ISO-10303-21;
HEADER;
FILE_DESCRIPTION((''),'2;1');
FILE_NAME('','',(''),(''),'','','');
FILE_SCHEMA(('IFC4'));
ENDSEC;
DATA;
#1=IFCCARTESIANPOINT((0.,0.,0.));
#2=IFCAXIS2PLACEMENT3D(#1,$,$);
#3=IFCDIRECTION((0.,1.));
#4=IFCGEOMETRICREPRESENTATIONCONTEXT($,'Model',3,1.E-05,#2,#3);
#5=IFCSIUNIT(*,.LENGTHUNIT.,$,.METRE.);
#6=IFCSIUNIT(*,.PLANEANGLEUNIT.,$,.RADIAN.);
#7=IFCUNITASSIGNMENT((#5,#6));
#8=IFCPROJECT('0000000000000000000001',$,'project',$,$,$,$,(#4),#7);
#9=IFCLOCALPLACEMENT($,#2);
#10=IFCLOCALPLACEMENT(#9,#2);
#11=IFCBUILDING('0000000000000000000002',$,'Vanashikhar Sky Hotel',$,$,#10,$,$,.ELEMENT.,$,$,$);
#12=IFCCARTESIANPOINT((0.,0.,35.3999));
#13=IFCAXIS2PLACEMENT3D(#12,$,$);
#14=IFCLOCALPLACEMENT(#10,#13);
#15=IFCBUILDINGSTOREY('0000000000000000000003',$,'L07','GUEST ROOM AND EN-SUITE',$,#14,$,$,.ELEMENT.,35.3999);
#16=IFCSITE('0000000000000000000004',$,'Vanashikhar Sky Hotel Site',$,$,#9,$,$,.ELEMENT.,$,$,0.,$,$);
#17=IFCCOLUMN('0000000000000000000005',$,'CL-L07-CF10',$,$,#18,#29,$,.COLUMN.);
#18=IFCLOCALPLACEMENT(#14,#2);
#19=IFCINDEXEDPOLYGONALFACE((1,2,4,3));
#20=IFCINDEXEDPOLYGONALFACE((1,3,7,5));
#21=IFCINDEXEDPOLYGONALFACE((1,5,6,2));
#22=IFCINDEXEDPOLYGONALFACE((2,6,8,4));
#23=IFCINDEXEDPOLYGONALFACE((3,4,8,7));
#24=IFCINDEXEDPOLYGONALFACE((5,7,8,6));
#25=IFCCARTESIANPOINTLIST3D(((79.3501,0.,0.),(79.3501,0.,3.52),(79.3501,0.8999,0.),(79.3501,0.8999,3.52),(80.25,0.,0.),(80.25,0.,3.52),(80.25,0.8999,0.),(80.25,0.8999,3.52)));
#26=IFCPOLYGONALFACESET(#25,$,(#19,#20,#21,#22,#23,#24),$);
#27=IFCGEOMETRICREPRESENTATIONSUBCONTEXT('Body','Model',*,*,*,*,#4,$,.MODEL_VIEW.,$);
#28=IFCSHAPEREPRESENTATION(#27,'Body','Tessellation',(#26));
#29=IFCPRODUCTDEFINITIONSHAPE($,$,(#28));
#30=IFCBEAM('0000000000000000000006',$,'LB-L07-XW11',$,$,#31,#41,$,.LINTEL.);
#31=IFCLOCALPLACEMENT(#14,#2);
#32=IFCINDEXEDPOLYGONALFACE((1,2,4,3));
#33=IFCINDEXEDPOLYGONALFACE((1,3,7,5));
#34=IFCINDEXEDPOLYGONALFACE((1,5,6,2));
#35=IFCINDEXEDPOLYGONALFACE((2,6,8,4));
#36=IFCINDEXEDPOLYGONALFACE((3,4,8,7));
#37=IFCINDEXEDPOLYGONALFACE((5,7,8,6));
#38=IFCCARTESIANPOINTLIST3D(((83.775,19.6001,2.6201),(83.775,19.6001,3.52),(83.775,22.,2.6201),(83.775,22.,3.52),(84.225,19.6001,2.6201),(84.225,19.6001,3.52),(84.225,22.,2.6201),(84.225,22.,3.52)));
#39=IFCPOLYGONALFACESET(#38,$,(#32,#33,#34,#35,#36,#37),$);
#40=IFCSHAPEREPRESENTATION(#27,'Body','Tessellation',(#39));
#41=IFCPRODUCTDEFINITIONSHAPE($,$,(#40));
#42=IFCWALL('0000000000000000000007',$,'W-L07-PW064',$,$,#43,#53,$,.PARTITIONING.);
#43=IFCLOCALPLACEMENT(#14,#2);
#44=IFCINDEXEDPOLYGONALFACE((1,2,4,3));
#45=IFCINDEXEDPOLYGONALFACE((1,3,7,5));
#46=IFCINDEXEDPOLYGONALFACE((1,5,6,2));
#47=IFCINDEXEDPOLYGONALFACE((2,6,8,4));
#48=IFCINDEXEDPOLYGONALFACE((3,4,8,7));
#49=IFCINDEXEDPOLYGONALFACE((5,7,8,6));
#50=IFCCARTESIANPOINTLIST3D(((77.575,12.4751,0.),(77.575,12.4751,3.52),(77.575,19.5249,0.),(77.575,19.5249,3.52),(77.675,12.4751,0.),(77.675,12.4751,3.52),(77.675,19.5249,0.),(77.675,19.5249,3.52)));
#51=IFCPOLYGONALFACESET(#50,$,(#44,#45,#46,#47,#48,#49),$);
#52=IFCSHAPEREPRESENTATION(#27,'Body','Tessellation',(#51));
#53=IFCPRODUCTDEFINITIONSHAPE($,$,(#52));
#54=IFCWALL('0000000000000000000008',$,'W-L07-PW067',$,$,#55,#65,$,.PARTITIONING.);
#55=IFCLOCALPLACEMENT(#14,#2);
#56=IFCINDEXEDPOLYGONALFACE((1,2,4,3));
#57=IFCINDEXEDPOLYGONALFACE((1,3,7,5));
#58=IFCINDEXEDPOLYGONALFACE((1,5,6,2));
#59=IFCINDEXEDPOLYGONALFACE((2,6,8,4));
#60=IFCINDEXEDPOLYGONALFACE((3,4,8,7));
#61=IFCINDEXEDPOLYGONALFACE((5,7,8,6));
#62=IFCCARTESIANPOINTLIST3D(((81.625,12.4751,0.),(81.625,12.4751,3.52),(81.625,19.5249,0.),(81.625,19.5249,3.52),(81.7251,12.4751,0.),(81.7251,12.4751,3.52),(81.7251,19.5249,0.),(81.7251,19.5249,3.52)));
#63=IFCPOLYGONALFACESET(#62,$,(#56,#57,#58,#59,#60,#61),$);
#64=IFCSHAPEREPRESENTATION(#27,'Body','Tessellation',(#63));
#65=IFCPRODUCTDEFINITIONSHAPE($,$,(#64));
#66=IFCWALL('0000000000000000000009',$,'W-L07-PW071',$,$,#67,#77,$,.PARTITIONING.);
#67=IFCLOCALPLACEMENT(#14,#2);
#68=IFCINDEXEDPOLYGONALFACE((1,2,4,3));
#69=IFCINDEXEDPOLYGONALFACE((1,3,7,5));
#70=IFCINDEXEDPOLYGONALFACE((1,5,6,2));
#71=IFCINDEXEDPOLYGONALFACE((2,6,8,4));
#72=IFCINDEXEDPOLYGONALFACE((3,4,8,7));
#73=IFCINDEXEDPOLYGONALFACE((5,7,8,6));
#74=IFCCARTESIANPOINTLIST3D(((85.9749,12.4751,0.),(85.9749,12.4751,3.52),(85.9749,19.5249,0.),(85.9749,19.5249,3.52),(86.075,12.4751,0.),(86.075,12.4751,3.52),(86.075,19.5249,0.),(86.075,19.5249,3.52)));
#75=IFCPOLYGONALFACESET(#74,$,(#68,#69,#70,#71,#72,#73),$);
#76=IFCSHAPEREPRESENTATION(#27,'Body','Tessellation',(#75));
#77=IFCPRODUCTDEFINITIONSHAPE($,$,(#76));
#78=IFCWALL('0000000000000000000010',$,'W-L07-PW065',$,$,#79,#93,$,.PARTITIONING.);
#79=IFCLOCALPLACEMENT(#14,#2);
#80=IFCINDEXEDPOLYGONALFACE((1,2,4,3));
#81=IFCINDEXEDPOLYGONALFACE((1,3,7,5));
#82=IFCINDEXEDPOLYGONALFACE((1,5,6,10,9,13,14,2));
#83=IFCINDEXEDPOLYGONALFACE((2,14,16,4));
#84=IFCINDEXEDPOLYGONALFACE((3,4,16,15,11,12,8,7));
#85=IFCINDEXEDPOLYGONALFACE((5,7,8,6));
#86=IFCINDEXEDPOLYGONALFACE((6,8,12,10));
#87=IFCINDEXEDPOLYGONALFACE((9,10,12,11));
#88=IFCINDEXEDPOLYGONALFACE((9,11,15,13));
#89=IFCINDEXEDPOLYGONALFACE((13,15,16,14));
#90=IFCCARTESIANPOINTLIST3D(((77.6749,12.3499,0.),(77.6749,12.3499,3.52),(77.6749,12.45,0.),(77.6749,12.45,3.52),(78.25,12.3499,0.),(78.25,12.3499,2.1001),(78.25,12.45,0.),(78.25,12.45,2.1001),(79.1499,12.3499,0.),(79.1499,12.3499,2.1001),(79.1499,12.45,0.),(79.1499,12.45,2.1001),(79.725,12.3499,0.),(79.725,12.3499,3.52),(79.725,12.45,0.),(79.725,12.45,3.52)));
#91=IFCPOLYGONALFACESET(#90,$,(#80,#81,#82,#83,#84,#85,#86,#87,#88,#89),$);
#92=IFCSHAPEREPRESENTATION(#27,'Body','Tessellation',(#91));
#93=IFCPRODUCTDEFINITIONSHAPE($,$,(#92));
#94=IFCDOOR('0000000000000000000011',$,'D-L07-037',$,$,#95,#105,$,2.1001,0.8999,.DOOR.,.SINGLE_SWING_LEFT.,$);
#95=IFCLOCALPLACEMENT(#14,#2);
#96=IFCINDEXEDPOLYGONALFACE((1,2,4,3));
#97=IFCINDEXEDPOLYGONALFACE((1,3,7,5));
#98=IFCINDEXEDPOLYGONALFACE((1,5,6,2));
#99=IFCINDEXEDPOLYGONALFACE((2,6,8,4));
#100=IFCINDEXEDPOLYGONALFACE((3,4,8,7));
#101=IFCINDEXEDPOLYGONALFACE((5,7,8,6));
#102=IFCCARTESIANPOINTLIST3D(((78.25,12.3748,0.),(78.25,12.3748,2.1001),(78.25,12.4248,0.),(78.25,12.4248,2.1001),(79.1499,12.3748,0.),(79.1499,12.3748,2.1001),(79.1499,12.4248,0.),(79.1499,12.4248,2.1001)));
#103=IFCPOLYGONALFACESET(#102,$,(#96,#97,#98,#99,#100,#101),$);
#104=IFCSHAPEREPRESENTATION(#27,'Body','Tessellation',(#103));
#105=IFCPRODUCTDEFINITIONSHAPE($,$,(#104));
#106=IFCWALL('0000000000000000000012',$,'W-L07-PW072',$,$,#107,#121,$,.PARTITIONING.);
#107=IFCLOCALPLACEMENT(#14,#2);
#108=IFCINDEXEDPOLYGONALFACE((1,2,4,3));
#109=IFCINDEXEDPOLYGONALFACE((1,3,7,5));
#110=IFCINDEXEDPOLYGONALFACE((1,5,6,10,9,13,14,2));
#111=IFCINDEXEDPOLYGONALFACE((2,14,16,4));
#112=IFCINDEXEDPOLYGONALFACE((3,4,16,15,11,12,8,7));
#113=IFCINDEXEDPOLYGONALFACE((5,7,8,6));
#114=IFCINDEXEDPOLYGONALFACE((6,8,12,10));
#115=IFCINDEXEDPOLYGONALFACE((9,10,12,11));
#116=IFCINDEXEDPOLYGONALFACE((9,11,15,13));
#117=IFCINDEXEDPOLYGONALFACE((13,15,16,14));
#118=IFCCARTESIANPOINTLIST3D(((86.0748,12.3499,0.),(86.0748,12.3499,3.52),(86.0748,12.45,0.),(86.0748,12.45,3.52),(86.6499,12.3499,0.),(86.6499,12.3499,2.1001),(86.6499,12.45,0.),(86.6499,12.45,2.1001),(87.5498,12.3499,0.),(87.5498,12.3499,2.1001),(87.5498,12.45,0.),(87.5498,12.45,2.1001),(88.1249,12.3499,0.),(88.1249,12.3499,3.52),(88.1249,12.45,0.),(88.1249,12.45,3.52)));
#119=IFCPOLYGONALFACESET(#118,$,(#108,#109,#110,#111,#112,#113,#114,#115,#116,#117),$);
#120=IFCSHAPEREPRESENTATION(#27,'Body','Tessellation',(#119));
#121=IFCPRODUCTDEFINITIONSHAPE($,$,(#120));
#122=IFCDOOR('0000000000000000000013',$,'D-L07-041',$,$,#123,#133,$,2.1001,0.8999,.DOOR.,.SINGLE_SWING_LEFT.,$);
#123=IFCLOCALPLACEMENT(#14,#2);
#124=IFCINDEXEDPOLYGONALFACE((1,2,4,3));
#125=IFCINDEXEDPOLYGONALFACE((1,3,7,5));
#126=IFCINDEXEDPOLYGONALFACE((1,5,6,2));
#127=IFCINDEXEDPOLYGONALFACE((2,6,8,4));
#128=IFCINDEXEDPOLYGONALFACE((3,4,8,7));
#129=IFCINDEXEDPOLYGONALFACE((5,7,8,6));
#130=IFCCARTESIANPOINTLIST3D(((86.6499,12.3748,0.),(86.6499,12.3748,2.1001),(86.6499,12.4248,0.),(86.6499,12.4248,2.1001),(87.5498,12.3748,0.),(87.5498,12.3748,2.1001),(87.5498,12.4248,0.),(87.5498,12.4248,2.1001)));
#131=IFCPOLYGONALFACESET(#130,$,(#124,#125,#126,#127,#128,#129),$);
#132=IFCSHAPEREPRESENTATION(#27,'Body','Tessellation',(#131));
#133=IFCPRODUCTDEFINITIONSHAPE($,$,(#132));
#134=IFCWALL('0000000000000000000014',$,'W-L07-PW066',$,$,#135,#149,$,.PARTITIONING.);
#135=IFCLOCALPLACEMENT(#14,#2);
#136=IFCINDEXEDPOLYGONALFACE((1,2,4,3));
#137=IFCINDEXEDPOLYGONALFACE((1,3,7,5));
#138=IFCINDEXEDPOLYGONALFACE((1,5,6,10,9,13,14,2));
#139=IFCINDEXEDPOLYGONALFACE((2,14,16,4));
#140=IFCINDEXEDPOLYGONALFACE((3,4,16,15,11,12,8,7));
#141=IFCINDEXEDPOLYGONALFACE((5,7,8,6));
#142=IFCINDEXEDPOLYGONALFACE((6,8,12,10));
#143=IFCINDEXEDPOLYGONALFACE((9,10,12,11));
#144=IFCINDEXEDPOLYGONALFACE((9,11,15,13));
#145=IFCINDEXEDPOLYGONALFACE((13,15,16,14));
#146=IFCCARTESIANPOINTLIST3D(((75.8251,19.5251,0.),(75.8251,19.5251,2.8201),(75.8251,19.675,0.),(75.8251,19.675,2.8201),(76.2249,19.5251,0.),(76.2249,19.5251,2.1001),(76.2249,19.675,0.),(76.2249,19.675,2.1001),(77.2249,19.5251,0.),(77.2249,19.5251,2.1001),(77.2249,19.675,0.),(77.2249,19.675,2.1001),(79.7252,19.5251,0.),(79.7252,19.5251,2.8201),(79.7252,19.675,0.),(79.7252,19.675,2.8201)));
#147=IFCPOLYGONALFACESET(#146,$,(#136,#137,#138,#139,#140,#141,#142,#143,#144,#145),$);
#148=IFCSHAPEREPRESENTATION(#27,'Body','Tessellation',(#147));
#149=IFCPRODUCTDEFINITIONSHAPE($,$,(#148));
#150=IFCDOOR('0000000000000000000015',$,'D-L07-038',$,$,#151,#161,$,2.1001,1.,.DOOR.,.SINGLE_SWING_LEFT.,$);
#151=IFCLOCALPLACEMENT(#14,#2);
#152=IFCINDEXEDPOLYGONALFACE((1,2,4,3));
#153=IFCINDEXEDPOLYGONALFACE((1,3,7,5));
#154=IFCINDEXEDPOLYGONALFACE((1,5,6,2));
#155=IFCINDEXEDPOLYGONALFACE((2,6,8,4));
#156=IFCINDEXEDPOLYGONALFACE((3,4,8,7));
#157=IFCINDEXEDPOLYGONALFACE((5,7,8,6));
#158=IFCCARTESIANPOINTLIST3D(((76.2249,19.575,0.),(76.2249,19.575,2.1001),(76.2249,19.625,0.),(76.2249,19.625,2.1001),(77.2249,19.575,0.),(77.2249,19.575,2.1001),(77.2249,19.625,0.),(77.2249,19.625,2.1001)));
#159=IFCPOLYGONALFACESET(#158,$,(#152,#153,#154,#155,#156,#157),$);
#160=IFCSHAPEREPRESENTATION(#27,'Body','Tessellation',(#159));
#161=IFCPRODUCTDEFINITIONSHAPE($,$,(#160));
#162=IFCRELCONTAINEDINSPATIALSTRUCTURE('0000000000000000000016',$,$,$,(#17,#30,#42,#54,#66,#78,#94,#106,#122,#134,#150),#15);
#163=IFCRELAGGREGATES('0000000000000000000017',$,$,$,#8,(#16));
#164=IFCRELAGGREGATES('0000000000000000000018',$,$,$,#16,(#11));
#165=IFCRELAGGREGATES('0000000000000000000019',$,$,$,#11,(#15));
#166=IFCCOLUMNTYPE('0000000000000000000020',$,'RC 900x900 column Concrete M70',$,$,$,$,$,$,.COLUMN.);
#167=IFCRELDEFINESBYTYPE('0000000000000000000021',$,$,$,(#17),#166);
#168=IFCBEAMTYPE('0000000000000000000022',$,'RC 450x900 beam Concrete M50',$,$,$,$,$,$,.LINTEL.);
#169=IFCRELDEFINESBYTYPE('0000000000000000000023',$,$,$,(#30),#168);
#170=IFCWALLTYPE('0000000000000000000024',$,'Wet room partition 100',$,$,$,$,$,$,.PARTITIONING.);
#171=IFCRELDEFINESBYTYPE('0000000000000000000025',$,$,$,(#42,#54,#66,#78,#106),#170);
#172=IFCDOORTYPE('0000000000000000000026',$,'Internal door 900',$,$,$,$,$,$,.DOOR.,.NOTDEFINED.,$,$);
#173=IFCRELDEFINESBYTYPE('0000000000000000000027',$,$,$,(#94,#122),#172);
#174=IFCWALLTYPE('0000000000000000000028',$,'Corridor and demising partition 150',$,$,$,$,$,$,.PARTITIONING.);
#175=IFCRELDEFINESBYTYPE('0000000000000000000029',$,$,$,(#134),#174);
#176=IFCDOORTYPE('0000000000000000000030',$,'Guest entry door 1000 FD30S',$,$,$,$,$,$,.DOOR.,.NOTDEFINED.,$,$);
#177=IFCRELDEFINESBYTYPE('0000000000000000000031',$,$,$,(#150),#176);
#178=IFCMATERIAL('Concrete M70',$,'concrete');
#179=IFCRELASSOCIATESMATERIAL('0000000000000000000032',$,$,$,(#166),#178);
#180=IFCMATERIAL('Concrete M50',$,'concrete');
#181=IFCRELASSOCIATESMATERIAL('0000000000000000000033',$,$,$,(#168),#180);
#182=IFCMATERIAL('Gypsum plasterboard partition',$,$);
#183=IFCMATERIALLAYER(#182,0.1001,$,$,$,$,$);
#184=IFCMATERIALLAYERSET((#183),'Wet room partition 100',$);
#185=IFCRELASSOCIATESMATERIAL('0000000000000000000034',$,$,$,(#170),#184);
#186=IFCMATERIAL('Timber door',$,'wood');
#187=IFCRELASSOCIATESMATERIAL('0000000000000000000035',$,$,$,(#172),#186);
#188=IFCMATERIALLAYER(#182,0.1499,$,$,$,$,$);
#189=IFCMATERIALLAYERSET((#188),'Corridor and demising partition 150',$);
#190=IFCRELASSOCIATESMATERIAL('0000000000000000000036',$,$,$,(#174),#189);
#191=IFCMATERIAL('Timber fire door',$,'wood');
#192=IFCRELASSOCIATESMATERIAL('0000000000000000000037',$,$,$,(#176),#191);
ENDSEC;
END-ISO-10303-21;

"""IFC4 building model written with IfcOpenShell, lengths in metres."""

from ifc_helpers import new_model, si_unit, direction, frame, frame_2d, origin, origin_2d, place, context, subcontext, project, spatial, rectangle, extrude, source, transform, mapped, material, layer, layer_set, material_profile, profile_set, type_object, element, fill, save


model = new_model("IFC4")

# Units and contexts
model_context = context("Model", 3, precision=1e-05, world=origin(), true_north=direction((0.0, 1.0)))
body_context = subcontext(model_context, "Body", "Model", "MODEL_VIEW")
ifc_project = project(units=[si_unit("LENGTHUNIT", "METRE"), si_unit("PLANEANGLEUNIT", "RADIAN")], contexts=[model_context])

# Site, building, storey
site_placement = place(None, origin())
site = spatial("IfcSite", under=ifc_project, at=site_placement, Name="Vanashikhar Sky Hotel Site", CompositionType="ELEMENT", RefElevation=0.0)
building_placement = place(site_placement, origin())
building = spatial("IfcBuilding", under=site, at=building_placement, Name="Vanashikhar Sky Hotel", CompositionType="ELEMENT")
storey_placement = place(building_placement, frame((0.0, 0.0, 35.3999)))
storey = spatial("IfcBuildingStorey", under=building, at=storey_placement, Name="L07", Description="GUEST ROOM AND EN-SUITE", CompositionType="ELEMENT", Elevation=35.3999)

# Column
ifc_material_1 = material(Name="Concrete M70", Category="concrete")
ifc_material_profile_1 = material_profile(ifc_material_1, rectangle(XDim=0.8999, YDim=0.8999, at=origin_2d()))
ifc_profile_set_1 = profile_set([ifc_material_profile_1], Name="RC 900x900 column Concrete M70")
column_type = type_object("IfcColumnType", Name="RC 900x900 column Concrete M70", PredefinedType="COLUMN", material=ifc_profile_set_1)
shared_shape_1 = source(origin(), body_context, "Body", "SweptSolid", [
    extrude(rectangle(XDim=0.8999, YDim=0.8999, at=origin_2d()), origin(), (0.0, 0.0, 1.0), 3.52),
])
column_placement = place(storey_placement, frame((79.8, 0.45, 0.0), z_axis=(0.0, 0.0, 1.0), x_axis=(1.0, 0.0, 0.0)))
element("IfcColumn", 1, at=column_placement, inside=storey, type_object=column_type, Name="CL-L07-CF10", PredefinedType="COLUMN", context=body_context, shape_type="MappedRepresentation", body=[
    mapped(shared_shape_1, transform((0.0, 0.0, 0.0), scale=1.0)),
])

# Beam
ifc_material_2 = material(Name="Concrete M50", Category="concrete")
ifc_material_profile_2 = material_profile(ifc_material_2, rectangle(XDim=0.45, YDim=0.8999, at=origin_2d()))
ifc_profile_set_2 = profile_set([ifc_material_profile_2], Name="RC 450x900 beam Concrete M50")
beam_type = type_object("IfcBeamType", Name="RC 450x900 beam Concrete M50", PredefinedType="LINTEL", material=ifc_profile_set_2)
shared_shape_2 = source(origin(), body_context, "Body", "SweptSolid", [
    extrude(rectangle(XDim=0.45, YDim=0.8999, at=origin_2d()), origin(), (0.0, 0.0, 1.0), 2.3999),
])
beam_placement = place(storey_placement, frame((84.0, 19.6001, 3.0701), z_axis=(0.0, 1.0, 0.0), x_axis=(-1.0, 0.0, 0.0)))
element("IfcBeam", 2, at=beam_placement, inside=storey, type_object=beam_type, Name="LB-L07-XW11", PredefinedType="LINTEL", context=body_context, shape_type="MappedRepresentation", body=[
    mapped(shared_shape_2, transform((0.0, 0.0, 0.0), scale=1.0)),
])

# Walls
ifc_material_3 = material(Name="Gypsum plasterboard partition")
ifc_layer_1 = layer(ifc_material_3, 0.1001)
ifc_layer_set_1 = layer_set([ifc_layer_1], Name="Wet room partition 100")
wall_type_1 = type_object("IfcWallType", Name="Wet room partition 100", PredefinedType="PARTITIONING", material=ifc_layer_set_1)
shared_shape_3 = source(origin(), body_context, "Body", "SweptSolid", [
    extrude(rectangle(XDim=7.0498, YDim=0.1001, at=frame_2d((3.5249, 0.0))), origin(), (0.0, 0.0, 1.0), 3.52),
])
for number, where, z_axis, x_axis, name in (
    (3, (77.625, 12.4751, 0.0), (0.0, 0.0, 1.0), (0.0, 1.0, 0.0), "W-L07-PW064"),
    (4, (81.675, 12.4751, 0.0), (0.0, 0.0, 1.0), (0.0, 1.0, 0.0), "W-L07-PW067"),
    (5, (86.0249, 12.4751, 0.0), (0.0, 0.0, 1.0), (0.0, 1.0, 0.0), "W-L07-PW071"),
):
    element("IfcWall", number, at=place(storey_placement, frame(where, z_axis=z_axis, x_axis=x_axis)), inside=storey, type_object=wall_type_1, Name=name, PredefinedType="PARTITIONING", context=body_context, shape_type="MappedRepresentation", body=[
        mapped(shared_shape_3, transform((0.0, 0.0, 0.0), scale=1.0)),
    ])

# Walls, openings, doors
shared_shape_4 = source(origin(), body_context, "Body", "SweptSolid", [
    extrude(rectangle(XDim=2.05, YDim=0.1001, at=frame_2d((1.0249, 0.0))), origin(), (0.0, 0.0, 1.0), 3.52),
])
wall_1_placement = place(storey_placement, frame((77.675, 12.3999, 0.0), z_axis=(0.0, 0.0, 1.0), x_axis=(1.0, 0.0, 0.0)))
wall_1 = element("IfcWall", 6, at=wall_1_placement, inside=storey, type_object=wall_type_1, Name="W-L07-PW065", PredefinedType="PARTITIONING", context=body_context, shape_type="MappedRepresentation", body=[
    mapped(shared_shape_4, transform((0.0, 0.0, 0.0), scale=1.0)),
])
shared_shape_5 = source(origin(), body_context, "Body", "SweptSolid", [
    extrude(rectangle(XDim=0.8999, YDim=2.1001, at=frame_2d((0.45, 1.05))), frame((0.0, 0.0601, 0.0), z_axis=(0.0, -1.0, 0.0), x_axis=(1.0, 0.0, 0.0)), (0.0, 0.0, 1.0), 0.1201),
])
opening_1_placement = place(wall_1_placement, frame((0.575, 0.0, 0.0)))
opening_1 = element("IfcOpeningElement", 7, at=opening_1_placement, cuts=wall_1, PredefinedType="OPENING", context=body_context, shape_type="MappedRepresentation", body=[
    mapped(shared_shape_5, transform((0.0, 0.0, 0.0), scale=1.0)),
])
ifc_material_4 = material(Name="Timber door", Category="wood")
door_type_1 = type_object("IfcDoorType", Name="Internal door 900", OperationType="NOTDEFINED", PredefinedType="DOOR", material=ifc_material_4)
shared_shape_6 = source(origin(), body_context, "Body", "SweptSolid", [
    extrude(rectangle(XDim=0.8999, YDim=2.1001, at=frame_2d((0.45, 1.05))), frame((0.0, 0.0249, 0.0), z_axis=(0.0, -1.0, 0.0), x_axis=(1.0, 0.0, 0.0)), (0.0, 0.0, 1.0), 0.05),
])
door_1_placement = place(opening_1_placement, origin())
door_1 = element("IfcDoor", 8, at=door_1_placement, inside=storey, type_object=door_type_1, Name="D-L07-037", OperationType="SINGLE_SWING_LEFT", OverallHeight=2.1001, OverallWidth=0.8999, PredefinedType="DOOR", context=body_context, shape_type="MappedRepresentation", body=[
    mapped(shared_shape_6, transform((0.0, 0.0, 0.0), scale=1.0)),
])
fill(opening_1, door_1)
wall_2_placement = place(storey_placement, frame((86.075, 12.3999, 0.0), z_axis=(0.0, 0.0, 1.0), x_axis=(1.0, 0.0, 0.0)))
wall_2 = element("IfcWall", 9, at=wall_2_placement, inside=storey, type_object=wall_type_1, Name="W-L07-PW072", PredefinedType="PARTITIONING", context=body_context, shape_type="MappedRepresentation", body=[
    mapped(shared_shape_4, transform((0.0, 0.0, 0.0), scale=1.0)),
])
opening_2_placement = place(wall_2_placement, frame((0.575, 0.0, 0.0)))
opening_2 = element("IfcOpeningElement", 10, at=opening_2_placement, cuts=wall_2, PredefinedType="OPENING", context=body_context, shape_type="MappedRepresentation", body=[
    mapped(shared_shape_5, transform((0.0, 0.0, 0.0), scale=1.0)),
])
door_2_placement = place(opening_2_placement, origin())
door_2 = element("IfcDoor", 11, at=door_2_placement, inside=storey, type_object=door_type_1, Name="D-L07-041", OperationType="SINGLE_SWING_LEFT", OverallHeight=2.1001, OverallWidth=0.8999, PredefinedType="DOOR", context=body_context, shape_type="MappedRepresentation", body=[
    mapped(shared_shape_6, transform((0.0, 0.0, 0.0), scale=1.0)),
])
fill(opening_2, door_2)
ifc_layer_2 = layer(ifc_material_3, 0.1499)
ifc_layer_set_2 = layer_set([ifc_layer_2], Name="Corridor and demising partition 150")
wall_type_2 = type_object("IfcWallType", Name="Corridor and demising partition 150", PredefinedType="PARTITIONING", material=ifc_layer_set_2)
shared_shape_7 = source(origin(), body_context, "Body", "SweptSolid", [
    extrude(rectangle(XDim=3.9001, YDim=0.1499, at=frame_2d((1.9502, 0.0))), origin(), (0.0, 0.0, 1.0), 2.8201),
])
wall_3_placement = place(storey_placement, frame((75.825, 19.6001, 0.0), z_axis=(0.0, 0.0, 1.0), x_axis=(1.0, 0.0, 0.0)))
wall_3 = element("IfcWall", 12, at=wall_3_placement, inside=storey, type_object=wall_type_2, Name="W-L07-PW066", PredefinedType="PARTITIONING", context=body_context, shape_type="MappedRepresentation", body=[
    mapped(shared_shape_7, transform((0.0, 0.0, 0.0), scale=1.0)),
])
shared_shape_8 = source(origin(), body_context, "Body", "SweptSolid", [
    extrude(rectangle(XDim=1.0, YDim=2.1001, at=frame_2d((0.5, 1.05))), frame((0.0, 0.085, 0.0), z_axis=(0.0, -1.0, 0.0), x_axis=(1.0, 0.0, 0.0)), (0.0, 0.0, 1.0), 0.1699),
])
opening_3_placement = place(wall_3_placement, frame((0.3999, 0.0, 0.0)))
opening_3 = element("IfcOpeningElement", 13, at=opening_3_placement, cuts=wall_3, PredefinedType="OPENING", context=body_context, shape_type="MappedRepresentation", body=[
    mapped(shared_shape_8, transform((0.0, 0.0, 0.0), scale=1.0)),
])
ifc_material_5 = material(Name="Timber fire door", Category="wood")
door_type_2 = type_object("IfcDoorType", Name="Guest entry door 1000 FD30S", OperationType="NOTDEFINED", PredefinedType="DOOR", material=ifc_material_5)
shared_shape_9 = source(origin(), body_context, "Body", "SweptSolid", [
    extrude(rectangle(XDim=1.0, YDim=2.1001, at=frame_2d((0.5, 1.05))), frame((0.0, 0.0249, 0.0), z_axis=(0.0, -1.0, 0.0), x_axis=(1.0, 0.0, 0.0)), (0.0, 0.0, 1.0), 0.05),
])
door_3_placement = place(opening_3_placement, origin())
door_3 = element("IfcDoor", 14, at=door_3_placement, inside=storey, type_object=door_type_2, Name="D-L07-038", OperationType="SINGLE_SWING_LEFT", OverallHeight=2.1001, OverallWidth=1.0, PredefinedType="DOOR", context=body_context, shape_type="MappedRepresentation", body=[
    mapped(shared_shape_9, transform((0.0, 0.0, 0.0), scale=1.0)),
])
fill(opening_3, door_3)

save(model, "model.ifc")
